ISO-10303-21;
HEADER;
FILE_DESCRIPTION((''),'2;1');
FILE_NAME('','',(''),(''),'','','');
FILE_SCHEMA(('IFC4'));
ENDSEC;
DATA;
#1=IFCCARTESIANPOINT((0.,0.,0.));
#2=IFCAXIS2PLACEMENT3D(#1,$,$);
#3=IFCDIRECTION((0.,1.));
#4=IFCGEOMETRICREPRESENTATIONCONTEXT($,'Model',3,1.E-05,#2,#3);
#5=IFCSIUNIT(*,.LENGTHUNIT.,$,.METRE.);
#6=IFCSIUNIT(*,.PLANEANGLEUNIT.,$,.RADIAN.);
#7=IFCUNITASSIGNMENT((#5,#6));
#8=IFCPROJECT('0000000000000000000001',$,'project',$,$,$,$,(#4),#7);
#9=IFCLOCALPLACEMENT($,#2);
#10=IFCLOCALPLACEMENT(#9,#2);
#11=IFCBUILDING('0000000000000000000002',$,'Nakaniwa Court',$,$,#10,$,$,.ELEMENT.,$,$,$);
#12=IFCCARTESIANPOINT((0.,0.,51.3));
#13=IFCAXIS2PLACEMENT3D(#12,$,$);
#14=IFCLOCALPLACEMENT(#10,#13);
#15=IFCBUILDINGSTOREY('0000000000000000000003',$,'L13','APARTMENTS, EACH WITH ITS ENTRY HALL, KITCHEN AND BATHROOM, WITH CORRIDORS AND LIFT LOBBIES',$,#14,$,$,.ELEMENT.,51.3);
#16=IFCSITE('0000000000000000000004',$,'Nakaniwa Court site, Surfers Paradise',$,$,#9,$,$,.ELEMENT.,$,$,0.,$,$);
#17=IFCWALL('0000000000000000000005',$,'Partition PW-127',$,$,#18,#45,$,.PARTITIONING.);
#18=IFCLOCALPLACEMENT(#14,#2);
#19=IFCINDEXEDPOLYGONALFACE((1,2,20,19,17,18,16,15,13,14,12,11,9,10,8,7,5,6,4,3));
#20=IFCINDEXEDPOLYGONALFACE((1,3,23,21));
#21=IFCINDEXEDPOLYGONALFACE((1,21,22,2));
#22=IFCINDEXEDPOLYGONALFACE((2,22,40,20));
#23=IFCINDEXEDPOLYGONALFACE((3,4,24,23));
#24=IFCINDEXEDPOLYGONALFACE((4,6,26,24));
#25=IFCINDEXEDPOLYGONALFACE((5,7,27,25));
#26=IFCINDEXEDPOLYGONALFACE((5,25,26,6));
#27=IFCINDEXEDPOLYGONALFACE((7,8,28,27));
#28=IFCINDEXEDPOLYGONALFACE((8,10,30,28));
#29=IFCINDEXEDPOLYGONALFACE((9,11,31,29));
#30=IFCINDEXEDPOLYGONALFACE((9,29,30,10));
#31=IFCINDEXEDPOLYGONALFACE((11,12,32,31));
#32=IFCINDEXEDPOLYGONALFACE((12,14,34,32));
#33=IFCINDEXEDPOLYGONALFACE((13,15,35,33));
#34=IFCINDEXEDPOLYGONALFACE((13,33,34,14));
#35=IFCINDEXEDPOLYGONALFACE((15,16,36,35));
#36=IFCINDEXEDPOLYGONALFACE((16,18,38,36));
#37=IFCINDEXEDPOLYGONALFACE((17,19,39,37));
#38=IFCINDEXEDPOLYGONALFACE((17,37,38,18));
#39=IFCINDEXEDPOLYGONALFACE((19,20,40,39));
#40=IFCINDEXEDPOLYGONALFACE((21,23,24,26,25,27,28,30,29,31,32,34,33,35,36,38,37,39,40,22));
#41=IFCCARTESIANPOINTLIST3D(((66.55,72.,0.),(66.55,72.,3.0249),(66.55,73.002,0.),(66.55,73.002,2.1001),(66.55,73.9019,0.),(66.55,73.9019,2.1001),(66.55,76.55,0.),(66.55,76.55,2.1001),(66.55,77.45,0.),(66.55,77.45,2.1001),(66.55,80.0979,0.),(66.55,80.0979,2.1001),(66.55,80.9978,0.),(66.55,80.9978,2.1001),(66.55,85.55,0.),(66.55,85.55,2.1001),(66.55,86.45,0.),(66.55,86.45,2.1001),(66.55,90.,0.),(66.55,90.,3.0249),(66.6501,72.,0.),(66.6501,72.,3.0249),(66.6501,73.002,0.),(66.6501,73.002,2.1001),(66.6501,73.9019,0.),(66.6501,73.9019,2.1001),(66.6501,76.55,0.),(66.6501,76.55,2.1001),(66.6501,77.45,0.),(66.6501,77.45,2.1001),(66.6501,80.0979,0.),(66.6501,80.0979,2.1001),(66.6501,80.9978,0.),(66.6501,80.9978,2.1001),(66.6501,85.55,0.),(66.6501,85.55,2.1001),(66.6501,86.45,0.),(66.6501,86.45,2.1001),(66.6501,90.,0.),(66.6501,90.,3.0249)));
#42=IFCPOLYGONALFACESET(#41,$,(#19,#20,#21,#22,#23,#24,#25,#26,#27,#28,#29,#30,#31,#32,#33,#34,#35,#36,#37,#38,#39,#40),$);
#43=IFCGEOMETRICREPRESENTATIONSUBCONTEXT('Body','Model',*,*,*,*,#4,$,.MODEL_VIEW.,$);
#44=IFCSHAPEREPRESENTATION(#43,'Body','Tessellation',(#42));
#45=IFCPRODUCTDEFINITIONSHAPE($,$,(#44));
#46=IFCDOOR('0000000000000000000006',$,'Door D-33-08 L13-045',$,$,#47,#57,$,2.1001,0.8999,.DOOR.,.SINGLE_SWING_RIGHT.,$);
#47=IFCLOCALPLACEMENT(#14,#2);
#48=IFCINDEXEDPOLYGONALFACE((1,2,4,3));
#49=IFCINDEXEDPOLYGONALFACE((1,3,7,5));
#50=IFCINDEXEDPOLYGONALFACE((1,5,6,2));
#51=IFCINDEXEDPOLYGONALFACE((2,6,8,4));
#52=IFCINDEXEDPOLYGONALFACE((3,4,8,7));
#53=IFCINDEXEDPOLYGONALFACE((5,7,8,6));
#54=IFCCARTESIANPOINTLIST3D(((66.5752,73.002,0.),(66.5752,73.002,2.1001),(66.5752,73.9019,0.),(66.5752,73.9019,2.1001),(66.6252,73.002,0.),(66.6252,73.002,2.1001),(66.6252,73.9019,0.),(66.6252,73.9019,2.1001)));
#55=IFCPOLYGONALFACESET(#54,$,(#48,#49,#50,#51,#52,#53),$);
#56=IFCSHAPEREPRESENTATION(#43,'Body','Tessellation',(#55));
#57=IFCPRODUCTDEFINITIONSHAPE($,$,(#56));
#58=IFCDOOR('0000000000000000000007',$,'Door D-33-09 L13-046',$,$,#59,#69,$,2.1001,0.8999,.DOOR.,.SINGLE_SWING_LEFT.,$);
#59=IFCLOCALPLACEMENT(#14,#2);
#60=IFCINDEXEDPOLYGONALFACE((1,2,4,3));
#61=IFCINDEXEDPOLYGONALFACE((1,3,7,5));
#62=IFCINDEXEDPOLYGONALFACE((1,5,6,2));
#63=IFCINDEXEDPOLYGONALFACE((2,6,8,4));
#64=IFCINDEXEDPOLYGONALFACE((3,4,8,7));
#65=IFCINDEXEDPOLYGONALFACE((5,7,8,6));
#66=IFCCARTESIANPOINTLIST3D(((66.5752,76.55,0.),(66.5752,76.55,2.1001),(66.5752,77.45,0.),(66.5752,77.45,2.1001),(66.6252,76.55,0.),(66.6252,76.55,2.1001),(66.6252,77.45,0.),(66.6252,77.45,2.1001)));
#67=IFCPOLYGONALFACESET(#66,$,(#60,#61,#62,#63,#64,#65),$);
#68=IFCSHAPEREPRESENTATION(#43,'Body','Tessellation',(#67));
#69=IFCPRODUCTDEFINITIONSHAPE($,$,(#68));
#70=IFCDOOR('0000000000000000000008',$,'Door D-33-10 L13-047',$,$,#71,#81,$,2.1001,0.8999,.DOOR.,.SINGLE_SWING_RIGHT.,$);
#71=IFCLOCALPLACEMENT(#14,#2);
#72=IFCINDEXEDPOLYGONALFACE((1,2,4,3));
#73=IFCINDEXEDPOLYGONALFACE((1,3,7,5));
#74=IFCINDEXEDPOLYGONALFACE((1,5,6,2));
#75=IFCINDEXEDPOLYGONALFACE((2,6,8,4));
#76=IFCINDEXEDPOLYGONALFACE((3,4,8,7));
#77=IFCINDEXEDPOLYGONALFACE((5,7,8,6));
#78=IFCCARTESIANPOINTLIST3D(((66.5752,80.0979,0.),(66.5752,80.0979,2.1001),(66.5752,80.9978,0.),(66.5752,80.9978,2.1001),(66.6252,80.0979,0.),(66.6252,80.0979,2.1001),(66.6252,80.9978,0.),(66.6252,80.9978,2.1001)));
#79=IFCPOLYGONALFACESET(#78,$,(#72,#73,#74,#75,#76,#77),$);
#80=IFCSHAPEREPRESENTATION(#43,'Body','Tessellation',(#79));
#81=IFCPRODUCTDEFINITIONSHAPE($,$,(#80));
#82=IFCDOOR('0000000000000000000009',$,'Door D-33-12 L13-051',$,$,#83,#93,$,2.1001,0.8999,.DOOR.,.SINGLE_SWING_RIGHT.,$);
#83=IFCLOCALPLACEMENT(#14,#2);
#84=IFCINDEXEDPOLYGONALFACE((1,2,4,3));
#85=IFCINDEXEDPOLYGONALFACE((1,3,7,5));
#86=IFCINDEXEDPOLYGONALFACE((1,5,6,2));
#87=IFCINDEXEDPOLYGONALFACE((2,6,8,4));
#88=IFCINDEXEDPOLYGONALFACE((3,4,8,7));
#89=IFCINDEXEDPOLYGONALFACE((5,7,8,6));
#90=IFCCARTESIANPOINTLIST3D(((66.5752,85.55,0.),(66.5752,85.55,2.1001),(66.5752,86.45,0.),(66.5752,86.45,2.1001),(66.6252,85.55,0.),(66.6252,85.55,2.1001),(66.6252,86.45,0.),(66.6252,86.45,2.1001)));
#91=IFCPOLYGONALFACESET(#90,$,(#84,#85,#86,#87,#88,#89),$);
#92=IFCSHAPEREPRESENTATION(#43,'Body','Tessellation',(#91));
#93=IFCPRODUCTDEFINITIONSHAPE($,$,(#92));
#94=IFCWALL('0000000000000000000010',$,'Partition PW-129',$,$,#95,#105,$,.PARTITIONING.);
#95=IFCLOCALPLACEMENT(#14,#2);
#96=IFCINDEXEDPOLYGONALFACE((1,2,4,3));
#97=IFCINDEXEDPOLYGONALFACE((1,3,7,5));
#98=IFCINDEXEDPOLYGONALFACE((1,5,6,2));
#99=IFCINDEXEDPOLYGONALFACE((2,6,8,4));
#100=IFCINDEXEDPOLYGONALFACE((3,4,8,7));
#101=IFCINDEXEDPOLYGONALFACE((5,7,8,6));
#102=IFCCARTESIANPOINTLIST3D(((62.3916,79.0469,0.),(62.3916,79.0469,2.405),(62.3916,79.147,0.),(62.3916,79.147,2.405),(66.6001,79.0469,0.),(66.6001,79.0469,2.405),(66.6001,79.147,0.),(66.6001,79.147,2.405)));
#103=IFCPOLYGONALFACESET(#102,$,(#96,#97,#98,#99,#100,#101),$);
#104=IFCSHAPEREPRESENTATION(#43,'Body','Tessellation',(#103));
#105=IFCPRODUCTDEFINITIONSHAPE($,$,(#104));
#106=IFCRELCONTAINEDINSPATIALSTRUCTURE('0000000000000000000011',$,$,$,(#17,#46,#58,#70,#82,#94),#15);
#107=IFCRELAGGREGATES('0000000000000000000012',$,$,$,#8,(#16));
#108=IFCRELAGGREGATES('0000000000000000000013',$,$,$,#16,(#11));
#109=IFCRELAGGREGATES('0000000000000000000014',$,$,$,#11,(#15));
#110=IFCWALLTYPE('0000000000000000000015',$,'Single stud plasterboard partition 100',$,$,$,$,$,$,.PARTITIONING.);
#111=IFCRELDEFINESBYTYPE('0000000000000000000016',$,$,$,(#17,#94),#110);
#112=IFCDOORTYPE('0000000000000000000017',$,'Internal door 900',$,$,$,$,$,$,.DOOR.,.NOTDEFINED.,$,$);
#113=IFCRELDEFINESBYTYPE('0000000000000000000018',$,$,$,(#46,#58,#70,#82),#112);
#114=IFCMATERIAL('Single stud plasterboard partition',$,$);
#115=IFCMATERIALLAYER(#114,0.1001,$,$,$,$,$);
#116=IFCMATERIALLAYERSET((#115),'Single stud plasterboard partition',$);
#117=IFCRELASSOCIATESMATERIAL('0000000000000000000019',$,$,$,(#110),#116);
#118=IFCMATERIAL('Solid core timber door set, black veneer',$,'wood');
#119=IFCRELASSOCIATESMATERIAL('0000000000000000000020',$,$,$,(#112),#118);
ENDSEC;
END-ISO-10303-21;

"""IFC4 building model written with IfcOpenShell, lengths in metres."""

from ifc_helpers import new_model, si_unit, direction, frame, frame_2d, origin, place, context, subcontext, project, spatial, rectangle, extrude, material, layer, layer_set, type_object, element, fill, save


model = new_model("IFC4")

# Units and contexts
model_context = context("Model", 3, precision=1e-05, world=origin(), true_north=direction((0.0, 1.0)))
body_context = subcontext(model_context, "Body", "Model", "MODEL_VIEW")
ifc_project = project(units=[si_unit("LENGTHUNIT", "METRE"), si_unit("PLANEANGLEUNIT", "RADIAN")], contexts=[model_context])

# Site, building, storey
site_placement = place(None, origin())
site = spatial("IfcSite", under=ifc_project, at=site_placement, Name="Nakaniwa Court site, Surfers Paradise", CompositionType="ELEMENT", RefElevation=0.0)
building_placement = place(site_placement, origin())
building = spatial("IfcBuilding", under=site, at=building_placement, Name="Nakaniwa Court", CompositionType="ELEMENT")
storey_placement = place(building_placement, frame((0.0, 0.0, 51.3)))
storey = spatial("IfcBuildingStorey", under=building, at=storey_placement, Name="L13", Description="APARTMENTS, EACH WITH ITS ENTRY HALL, KITCHEN AND BATHROOM, WITH CORRIDORS AND LIFT LOBBIES", CompositionType="ELEMENT", Elevation=51.3)

# Shared definitions
ifc_material_1 = material(Name="Single stud plasterboard partition")
ifc_layer_1 = layer(ifc_material_1, 0.1001)
ifc_layer_set_1 = layer_set([ifc_layer_1], Name="Single stud plasterboard partition")
wall_type_1 = type_object("IfcWallType", Name="Single stud plasterboard partition 100", PredefinedType="PARTITIONING", material=ifc_layer_set_1)

# Wall, openings, doors
wall_1_placement = place(storey_placement, frame((66.6001, 72.0, 0.0), z_axis=(0.0, 0.0, 1.0), x_axis=(0.0, 1.0, 0.0)))
wall_1 = element("IfcWall", 1, at=wall_1_placement, inside=storey, type_object=wall_type_1, Name="Partition PW-127", PredefinedType="PARTITIONING", context=body_context, shape_type="SweptSolid", body=[
    extrude(rectangle(XDim=18.0, YDim=0.1001, at=frame_2d((9.0, 0.0))), origin(), (0.0, 0.0, 1.0), 3.0249),
])
opening_1_placement = place(wall_1_placement, frame((1.002, 0.0, 0.0)))
opening_1 = element("IfcOpeningElement", 2, at=opening_1_placement, cuts=wall_1, PredefinedType="OPENING", context=body_context, shape_type="SweptSolid", body=[
    extrude(rectangle(XDim=0.8999, YDim=2.1001, at=frame_2d((0.45, 1.05))), frame((0.0, 0.0601, 0.0), z_axis=(0.0, -1.0, 0.0), x_axis=(1.0, 0.0, 0.0)), (0.0, 0.0, 1.0), 0.1201),
])
opening_2_placement = place(wall_1_placement, frame((4.55, 0.0, 0.0)))
opening_2 = element("IfcOpeningElement", 3, at=opening_2_placement, cuts=wall_1, PredefinedType="OPENING", context=body_context, shape_type="SweptSolid", body=[
    extrude(rectangle(XDim=0.8999, YDim=2.1001, at=frame_2d((0.45, 1.05))), frame((0.0, 0.0601, 0.0), z_axis=(0.0, -1.0, 0.0), x_axis=(1.0, 0.0, 0.0)), (0.0, 0.0, 1.0), 0.1201),
])
opening_3_placement = place(wall_1_placement, frame((8.0979, 0.0, 0.0)))
opening_3 = element("IfcOpeningElement", 4, at=opening_3_placement, cuts=wall_1, PredefinedType="OPENING", context=body_context, shape_type="SweptSolid", body=[
    extrude(rectangle(XDim=0.8999, YDim=2.1001, at=frame_2d((0.45, 1.05))), frame((0.0, 0.0601, 0.0), z_axis=(0.0, -1.0, 0.0), x_axis=(1.0, 0.0, 0.0)), (0.0, 0.0, 1.0), 0.1201),
])
opening_4_placement = place(wall_1_placement, frame((13.55, 0.0, 0.0)))
opening_4 = element("IfcOpeningElement", 5, at=opening_4_placement, cuts=wall_1, PredefinedType="OPENING", context=body_context, shape_type="SweptSolid", body=[
    extrude(rectangle(XDim=0.8999, YDim=2.1001, at=frame_2d((0.45, 1.05))), frame((0.0, 0.0601, 0.0), z_axis=(0.0, -1.0, 0.0), x_axis=(1.0, 0.0, 0.0)), (0.0, 0.0, 1.0), 0.1201),
])
ifc_material_2 = material(Name="Solid core timber door set, black veneer", Category="wood")
door_type = type_object("IfcDoorType", Name="Internal door 900", OperationType="NOTDEFINED", PredefinedType="DOOR", material=ifc_material_2)
door_1_placement = place(opening_1_placement, origin())
door_1 = element("IfcDoor", 6, at=door_1_placement, inside=storey, type_object=door_type, Name="Door D-33-08 L13-045", OperationType="SINGLE_SWING_RIGHT", OverallHeight=2.1001, OverallWidth=0.8999, PredefinedType="DOOR", context=body_context, shape_type="SweptSolid", body=[
    extrude(rectangle(XDim=0.8999, YDim=2.1001, at=frame_2d((0.45, 1.05))), frame((0.0, 0.0249, 0.0), z_axis=(0.0, -1.0, 0.0), x_axis=(1.0, 0.0, 0.0)), (0.0, 0.0, 1.0), 0.05),
])
fill(opening_1, door_1)
door_2_placement = place(opening_2_placement, origin())
door_2 = element("IfcDoor", 7, at=door_2_placement, inside=storey, type_object=door_type, Name="Door D-33-09 L13-046", OperationType="SINGLE_SWING_LEFT", OverallHeight=2.1001, OverallWidth=0.8999, PredefinedType="DOOR", context=body_context, shape_type="SweptSolid", body=[
    extrude(rectangle(XDim=0.8999, YDim=2.1001, at=frame_2d((0.45, 1.05))), frame((0.0, 0.0249, 0.0), z_axis=(0.0, -1.0, 0.0), x_axis=(1.0, 0.0, 0.0)), (0.0, 0.0, 1.0), 0.05),
])
fill(opening_2, door_2)
door_3_placement = place(opening_3_placement, origin())
door_3 = element("IfcDoor", 8, at=door_3_placement, inside=storey, type_object=door_type, Name="Door D-33-10 L13-047", OperationType="SINGLE_SWING_RIGHT", OverallHeight=2.1001, OverallWidth=0.8999, PredefinedType="DOOR", context=body_context, shape_type="SweptSolid", body=[
    extrude(rectangle(XDim=0.8999, YDim=2.1001, at=frame_2d((0.45, 1.05))), frame((0.0, 0.0249, 0.0), z_axis=(0.0, -1.0, 0.0), x_axis=(1.0, 0.0, 0.0)), (0.0, 0.0, 1.0), 0.05),
])
fill(opening_3, door_3)
door_4_placement = place(opening_4_placement, origin())
door_4 = element("IfcDoor", 9, at=door_4_placement, inside=storey, type_object=door_type, Name="Door D-33-12 L13-051", OperationType="SINGLE_SWING_RIGHT", OverallHeight=2.1001, OverallWidth=0.8999, PredefinedType="DOOR", context=body_context, shape_type="SweptSolid", body=[
    extrude(rectangle(XDim=0.8999, YDim=2.1001, at=frame_2d((0.45, 1.05))), frame((0.0, 0.0249, 0.0), z_axis=(0.0, -1.0, 0.0), x_axis=(1.0, 0.0, 0.0)), (0.0, 0.0, 1.0), 0.05),
])
fill(opening_4, door_4)

# Wall
wall_2_placement = place(storey_placement, frame((62.3916, 79.0969, 0.0), z_axis=(0.0, 0.0, 1.0), x_axis=(1.0, 0.0, 0.0)))
element("IfcWall", 10, at=wall_2_placement, inside=storey, type_object=wall_type_1, Name="Partition PW-129", PredefinedType="PARTITIONING", context=body_context, shape_type="SweptSolid", body=[
    extrude(rectangle(XDim=4.2085, YDim=0.1001, at=frame_2d((2.1042, 0.0))), origin(), (0.0, 0.0, 1.0), 2.405),
])

save(model, "model.ifc")
